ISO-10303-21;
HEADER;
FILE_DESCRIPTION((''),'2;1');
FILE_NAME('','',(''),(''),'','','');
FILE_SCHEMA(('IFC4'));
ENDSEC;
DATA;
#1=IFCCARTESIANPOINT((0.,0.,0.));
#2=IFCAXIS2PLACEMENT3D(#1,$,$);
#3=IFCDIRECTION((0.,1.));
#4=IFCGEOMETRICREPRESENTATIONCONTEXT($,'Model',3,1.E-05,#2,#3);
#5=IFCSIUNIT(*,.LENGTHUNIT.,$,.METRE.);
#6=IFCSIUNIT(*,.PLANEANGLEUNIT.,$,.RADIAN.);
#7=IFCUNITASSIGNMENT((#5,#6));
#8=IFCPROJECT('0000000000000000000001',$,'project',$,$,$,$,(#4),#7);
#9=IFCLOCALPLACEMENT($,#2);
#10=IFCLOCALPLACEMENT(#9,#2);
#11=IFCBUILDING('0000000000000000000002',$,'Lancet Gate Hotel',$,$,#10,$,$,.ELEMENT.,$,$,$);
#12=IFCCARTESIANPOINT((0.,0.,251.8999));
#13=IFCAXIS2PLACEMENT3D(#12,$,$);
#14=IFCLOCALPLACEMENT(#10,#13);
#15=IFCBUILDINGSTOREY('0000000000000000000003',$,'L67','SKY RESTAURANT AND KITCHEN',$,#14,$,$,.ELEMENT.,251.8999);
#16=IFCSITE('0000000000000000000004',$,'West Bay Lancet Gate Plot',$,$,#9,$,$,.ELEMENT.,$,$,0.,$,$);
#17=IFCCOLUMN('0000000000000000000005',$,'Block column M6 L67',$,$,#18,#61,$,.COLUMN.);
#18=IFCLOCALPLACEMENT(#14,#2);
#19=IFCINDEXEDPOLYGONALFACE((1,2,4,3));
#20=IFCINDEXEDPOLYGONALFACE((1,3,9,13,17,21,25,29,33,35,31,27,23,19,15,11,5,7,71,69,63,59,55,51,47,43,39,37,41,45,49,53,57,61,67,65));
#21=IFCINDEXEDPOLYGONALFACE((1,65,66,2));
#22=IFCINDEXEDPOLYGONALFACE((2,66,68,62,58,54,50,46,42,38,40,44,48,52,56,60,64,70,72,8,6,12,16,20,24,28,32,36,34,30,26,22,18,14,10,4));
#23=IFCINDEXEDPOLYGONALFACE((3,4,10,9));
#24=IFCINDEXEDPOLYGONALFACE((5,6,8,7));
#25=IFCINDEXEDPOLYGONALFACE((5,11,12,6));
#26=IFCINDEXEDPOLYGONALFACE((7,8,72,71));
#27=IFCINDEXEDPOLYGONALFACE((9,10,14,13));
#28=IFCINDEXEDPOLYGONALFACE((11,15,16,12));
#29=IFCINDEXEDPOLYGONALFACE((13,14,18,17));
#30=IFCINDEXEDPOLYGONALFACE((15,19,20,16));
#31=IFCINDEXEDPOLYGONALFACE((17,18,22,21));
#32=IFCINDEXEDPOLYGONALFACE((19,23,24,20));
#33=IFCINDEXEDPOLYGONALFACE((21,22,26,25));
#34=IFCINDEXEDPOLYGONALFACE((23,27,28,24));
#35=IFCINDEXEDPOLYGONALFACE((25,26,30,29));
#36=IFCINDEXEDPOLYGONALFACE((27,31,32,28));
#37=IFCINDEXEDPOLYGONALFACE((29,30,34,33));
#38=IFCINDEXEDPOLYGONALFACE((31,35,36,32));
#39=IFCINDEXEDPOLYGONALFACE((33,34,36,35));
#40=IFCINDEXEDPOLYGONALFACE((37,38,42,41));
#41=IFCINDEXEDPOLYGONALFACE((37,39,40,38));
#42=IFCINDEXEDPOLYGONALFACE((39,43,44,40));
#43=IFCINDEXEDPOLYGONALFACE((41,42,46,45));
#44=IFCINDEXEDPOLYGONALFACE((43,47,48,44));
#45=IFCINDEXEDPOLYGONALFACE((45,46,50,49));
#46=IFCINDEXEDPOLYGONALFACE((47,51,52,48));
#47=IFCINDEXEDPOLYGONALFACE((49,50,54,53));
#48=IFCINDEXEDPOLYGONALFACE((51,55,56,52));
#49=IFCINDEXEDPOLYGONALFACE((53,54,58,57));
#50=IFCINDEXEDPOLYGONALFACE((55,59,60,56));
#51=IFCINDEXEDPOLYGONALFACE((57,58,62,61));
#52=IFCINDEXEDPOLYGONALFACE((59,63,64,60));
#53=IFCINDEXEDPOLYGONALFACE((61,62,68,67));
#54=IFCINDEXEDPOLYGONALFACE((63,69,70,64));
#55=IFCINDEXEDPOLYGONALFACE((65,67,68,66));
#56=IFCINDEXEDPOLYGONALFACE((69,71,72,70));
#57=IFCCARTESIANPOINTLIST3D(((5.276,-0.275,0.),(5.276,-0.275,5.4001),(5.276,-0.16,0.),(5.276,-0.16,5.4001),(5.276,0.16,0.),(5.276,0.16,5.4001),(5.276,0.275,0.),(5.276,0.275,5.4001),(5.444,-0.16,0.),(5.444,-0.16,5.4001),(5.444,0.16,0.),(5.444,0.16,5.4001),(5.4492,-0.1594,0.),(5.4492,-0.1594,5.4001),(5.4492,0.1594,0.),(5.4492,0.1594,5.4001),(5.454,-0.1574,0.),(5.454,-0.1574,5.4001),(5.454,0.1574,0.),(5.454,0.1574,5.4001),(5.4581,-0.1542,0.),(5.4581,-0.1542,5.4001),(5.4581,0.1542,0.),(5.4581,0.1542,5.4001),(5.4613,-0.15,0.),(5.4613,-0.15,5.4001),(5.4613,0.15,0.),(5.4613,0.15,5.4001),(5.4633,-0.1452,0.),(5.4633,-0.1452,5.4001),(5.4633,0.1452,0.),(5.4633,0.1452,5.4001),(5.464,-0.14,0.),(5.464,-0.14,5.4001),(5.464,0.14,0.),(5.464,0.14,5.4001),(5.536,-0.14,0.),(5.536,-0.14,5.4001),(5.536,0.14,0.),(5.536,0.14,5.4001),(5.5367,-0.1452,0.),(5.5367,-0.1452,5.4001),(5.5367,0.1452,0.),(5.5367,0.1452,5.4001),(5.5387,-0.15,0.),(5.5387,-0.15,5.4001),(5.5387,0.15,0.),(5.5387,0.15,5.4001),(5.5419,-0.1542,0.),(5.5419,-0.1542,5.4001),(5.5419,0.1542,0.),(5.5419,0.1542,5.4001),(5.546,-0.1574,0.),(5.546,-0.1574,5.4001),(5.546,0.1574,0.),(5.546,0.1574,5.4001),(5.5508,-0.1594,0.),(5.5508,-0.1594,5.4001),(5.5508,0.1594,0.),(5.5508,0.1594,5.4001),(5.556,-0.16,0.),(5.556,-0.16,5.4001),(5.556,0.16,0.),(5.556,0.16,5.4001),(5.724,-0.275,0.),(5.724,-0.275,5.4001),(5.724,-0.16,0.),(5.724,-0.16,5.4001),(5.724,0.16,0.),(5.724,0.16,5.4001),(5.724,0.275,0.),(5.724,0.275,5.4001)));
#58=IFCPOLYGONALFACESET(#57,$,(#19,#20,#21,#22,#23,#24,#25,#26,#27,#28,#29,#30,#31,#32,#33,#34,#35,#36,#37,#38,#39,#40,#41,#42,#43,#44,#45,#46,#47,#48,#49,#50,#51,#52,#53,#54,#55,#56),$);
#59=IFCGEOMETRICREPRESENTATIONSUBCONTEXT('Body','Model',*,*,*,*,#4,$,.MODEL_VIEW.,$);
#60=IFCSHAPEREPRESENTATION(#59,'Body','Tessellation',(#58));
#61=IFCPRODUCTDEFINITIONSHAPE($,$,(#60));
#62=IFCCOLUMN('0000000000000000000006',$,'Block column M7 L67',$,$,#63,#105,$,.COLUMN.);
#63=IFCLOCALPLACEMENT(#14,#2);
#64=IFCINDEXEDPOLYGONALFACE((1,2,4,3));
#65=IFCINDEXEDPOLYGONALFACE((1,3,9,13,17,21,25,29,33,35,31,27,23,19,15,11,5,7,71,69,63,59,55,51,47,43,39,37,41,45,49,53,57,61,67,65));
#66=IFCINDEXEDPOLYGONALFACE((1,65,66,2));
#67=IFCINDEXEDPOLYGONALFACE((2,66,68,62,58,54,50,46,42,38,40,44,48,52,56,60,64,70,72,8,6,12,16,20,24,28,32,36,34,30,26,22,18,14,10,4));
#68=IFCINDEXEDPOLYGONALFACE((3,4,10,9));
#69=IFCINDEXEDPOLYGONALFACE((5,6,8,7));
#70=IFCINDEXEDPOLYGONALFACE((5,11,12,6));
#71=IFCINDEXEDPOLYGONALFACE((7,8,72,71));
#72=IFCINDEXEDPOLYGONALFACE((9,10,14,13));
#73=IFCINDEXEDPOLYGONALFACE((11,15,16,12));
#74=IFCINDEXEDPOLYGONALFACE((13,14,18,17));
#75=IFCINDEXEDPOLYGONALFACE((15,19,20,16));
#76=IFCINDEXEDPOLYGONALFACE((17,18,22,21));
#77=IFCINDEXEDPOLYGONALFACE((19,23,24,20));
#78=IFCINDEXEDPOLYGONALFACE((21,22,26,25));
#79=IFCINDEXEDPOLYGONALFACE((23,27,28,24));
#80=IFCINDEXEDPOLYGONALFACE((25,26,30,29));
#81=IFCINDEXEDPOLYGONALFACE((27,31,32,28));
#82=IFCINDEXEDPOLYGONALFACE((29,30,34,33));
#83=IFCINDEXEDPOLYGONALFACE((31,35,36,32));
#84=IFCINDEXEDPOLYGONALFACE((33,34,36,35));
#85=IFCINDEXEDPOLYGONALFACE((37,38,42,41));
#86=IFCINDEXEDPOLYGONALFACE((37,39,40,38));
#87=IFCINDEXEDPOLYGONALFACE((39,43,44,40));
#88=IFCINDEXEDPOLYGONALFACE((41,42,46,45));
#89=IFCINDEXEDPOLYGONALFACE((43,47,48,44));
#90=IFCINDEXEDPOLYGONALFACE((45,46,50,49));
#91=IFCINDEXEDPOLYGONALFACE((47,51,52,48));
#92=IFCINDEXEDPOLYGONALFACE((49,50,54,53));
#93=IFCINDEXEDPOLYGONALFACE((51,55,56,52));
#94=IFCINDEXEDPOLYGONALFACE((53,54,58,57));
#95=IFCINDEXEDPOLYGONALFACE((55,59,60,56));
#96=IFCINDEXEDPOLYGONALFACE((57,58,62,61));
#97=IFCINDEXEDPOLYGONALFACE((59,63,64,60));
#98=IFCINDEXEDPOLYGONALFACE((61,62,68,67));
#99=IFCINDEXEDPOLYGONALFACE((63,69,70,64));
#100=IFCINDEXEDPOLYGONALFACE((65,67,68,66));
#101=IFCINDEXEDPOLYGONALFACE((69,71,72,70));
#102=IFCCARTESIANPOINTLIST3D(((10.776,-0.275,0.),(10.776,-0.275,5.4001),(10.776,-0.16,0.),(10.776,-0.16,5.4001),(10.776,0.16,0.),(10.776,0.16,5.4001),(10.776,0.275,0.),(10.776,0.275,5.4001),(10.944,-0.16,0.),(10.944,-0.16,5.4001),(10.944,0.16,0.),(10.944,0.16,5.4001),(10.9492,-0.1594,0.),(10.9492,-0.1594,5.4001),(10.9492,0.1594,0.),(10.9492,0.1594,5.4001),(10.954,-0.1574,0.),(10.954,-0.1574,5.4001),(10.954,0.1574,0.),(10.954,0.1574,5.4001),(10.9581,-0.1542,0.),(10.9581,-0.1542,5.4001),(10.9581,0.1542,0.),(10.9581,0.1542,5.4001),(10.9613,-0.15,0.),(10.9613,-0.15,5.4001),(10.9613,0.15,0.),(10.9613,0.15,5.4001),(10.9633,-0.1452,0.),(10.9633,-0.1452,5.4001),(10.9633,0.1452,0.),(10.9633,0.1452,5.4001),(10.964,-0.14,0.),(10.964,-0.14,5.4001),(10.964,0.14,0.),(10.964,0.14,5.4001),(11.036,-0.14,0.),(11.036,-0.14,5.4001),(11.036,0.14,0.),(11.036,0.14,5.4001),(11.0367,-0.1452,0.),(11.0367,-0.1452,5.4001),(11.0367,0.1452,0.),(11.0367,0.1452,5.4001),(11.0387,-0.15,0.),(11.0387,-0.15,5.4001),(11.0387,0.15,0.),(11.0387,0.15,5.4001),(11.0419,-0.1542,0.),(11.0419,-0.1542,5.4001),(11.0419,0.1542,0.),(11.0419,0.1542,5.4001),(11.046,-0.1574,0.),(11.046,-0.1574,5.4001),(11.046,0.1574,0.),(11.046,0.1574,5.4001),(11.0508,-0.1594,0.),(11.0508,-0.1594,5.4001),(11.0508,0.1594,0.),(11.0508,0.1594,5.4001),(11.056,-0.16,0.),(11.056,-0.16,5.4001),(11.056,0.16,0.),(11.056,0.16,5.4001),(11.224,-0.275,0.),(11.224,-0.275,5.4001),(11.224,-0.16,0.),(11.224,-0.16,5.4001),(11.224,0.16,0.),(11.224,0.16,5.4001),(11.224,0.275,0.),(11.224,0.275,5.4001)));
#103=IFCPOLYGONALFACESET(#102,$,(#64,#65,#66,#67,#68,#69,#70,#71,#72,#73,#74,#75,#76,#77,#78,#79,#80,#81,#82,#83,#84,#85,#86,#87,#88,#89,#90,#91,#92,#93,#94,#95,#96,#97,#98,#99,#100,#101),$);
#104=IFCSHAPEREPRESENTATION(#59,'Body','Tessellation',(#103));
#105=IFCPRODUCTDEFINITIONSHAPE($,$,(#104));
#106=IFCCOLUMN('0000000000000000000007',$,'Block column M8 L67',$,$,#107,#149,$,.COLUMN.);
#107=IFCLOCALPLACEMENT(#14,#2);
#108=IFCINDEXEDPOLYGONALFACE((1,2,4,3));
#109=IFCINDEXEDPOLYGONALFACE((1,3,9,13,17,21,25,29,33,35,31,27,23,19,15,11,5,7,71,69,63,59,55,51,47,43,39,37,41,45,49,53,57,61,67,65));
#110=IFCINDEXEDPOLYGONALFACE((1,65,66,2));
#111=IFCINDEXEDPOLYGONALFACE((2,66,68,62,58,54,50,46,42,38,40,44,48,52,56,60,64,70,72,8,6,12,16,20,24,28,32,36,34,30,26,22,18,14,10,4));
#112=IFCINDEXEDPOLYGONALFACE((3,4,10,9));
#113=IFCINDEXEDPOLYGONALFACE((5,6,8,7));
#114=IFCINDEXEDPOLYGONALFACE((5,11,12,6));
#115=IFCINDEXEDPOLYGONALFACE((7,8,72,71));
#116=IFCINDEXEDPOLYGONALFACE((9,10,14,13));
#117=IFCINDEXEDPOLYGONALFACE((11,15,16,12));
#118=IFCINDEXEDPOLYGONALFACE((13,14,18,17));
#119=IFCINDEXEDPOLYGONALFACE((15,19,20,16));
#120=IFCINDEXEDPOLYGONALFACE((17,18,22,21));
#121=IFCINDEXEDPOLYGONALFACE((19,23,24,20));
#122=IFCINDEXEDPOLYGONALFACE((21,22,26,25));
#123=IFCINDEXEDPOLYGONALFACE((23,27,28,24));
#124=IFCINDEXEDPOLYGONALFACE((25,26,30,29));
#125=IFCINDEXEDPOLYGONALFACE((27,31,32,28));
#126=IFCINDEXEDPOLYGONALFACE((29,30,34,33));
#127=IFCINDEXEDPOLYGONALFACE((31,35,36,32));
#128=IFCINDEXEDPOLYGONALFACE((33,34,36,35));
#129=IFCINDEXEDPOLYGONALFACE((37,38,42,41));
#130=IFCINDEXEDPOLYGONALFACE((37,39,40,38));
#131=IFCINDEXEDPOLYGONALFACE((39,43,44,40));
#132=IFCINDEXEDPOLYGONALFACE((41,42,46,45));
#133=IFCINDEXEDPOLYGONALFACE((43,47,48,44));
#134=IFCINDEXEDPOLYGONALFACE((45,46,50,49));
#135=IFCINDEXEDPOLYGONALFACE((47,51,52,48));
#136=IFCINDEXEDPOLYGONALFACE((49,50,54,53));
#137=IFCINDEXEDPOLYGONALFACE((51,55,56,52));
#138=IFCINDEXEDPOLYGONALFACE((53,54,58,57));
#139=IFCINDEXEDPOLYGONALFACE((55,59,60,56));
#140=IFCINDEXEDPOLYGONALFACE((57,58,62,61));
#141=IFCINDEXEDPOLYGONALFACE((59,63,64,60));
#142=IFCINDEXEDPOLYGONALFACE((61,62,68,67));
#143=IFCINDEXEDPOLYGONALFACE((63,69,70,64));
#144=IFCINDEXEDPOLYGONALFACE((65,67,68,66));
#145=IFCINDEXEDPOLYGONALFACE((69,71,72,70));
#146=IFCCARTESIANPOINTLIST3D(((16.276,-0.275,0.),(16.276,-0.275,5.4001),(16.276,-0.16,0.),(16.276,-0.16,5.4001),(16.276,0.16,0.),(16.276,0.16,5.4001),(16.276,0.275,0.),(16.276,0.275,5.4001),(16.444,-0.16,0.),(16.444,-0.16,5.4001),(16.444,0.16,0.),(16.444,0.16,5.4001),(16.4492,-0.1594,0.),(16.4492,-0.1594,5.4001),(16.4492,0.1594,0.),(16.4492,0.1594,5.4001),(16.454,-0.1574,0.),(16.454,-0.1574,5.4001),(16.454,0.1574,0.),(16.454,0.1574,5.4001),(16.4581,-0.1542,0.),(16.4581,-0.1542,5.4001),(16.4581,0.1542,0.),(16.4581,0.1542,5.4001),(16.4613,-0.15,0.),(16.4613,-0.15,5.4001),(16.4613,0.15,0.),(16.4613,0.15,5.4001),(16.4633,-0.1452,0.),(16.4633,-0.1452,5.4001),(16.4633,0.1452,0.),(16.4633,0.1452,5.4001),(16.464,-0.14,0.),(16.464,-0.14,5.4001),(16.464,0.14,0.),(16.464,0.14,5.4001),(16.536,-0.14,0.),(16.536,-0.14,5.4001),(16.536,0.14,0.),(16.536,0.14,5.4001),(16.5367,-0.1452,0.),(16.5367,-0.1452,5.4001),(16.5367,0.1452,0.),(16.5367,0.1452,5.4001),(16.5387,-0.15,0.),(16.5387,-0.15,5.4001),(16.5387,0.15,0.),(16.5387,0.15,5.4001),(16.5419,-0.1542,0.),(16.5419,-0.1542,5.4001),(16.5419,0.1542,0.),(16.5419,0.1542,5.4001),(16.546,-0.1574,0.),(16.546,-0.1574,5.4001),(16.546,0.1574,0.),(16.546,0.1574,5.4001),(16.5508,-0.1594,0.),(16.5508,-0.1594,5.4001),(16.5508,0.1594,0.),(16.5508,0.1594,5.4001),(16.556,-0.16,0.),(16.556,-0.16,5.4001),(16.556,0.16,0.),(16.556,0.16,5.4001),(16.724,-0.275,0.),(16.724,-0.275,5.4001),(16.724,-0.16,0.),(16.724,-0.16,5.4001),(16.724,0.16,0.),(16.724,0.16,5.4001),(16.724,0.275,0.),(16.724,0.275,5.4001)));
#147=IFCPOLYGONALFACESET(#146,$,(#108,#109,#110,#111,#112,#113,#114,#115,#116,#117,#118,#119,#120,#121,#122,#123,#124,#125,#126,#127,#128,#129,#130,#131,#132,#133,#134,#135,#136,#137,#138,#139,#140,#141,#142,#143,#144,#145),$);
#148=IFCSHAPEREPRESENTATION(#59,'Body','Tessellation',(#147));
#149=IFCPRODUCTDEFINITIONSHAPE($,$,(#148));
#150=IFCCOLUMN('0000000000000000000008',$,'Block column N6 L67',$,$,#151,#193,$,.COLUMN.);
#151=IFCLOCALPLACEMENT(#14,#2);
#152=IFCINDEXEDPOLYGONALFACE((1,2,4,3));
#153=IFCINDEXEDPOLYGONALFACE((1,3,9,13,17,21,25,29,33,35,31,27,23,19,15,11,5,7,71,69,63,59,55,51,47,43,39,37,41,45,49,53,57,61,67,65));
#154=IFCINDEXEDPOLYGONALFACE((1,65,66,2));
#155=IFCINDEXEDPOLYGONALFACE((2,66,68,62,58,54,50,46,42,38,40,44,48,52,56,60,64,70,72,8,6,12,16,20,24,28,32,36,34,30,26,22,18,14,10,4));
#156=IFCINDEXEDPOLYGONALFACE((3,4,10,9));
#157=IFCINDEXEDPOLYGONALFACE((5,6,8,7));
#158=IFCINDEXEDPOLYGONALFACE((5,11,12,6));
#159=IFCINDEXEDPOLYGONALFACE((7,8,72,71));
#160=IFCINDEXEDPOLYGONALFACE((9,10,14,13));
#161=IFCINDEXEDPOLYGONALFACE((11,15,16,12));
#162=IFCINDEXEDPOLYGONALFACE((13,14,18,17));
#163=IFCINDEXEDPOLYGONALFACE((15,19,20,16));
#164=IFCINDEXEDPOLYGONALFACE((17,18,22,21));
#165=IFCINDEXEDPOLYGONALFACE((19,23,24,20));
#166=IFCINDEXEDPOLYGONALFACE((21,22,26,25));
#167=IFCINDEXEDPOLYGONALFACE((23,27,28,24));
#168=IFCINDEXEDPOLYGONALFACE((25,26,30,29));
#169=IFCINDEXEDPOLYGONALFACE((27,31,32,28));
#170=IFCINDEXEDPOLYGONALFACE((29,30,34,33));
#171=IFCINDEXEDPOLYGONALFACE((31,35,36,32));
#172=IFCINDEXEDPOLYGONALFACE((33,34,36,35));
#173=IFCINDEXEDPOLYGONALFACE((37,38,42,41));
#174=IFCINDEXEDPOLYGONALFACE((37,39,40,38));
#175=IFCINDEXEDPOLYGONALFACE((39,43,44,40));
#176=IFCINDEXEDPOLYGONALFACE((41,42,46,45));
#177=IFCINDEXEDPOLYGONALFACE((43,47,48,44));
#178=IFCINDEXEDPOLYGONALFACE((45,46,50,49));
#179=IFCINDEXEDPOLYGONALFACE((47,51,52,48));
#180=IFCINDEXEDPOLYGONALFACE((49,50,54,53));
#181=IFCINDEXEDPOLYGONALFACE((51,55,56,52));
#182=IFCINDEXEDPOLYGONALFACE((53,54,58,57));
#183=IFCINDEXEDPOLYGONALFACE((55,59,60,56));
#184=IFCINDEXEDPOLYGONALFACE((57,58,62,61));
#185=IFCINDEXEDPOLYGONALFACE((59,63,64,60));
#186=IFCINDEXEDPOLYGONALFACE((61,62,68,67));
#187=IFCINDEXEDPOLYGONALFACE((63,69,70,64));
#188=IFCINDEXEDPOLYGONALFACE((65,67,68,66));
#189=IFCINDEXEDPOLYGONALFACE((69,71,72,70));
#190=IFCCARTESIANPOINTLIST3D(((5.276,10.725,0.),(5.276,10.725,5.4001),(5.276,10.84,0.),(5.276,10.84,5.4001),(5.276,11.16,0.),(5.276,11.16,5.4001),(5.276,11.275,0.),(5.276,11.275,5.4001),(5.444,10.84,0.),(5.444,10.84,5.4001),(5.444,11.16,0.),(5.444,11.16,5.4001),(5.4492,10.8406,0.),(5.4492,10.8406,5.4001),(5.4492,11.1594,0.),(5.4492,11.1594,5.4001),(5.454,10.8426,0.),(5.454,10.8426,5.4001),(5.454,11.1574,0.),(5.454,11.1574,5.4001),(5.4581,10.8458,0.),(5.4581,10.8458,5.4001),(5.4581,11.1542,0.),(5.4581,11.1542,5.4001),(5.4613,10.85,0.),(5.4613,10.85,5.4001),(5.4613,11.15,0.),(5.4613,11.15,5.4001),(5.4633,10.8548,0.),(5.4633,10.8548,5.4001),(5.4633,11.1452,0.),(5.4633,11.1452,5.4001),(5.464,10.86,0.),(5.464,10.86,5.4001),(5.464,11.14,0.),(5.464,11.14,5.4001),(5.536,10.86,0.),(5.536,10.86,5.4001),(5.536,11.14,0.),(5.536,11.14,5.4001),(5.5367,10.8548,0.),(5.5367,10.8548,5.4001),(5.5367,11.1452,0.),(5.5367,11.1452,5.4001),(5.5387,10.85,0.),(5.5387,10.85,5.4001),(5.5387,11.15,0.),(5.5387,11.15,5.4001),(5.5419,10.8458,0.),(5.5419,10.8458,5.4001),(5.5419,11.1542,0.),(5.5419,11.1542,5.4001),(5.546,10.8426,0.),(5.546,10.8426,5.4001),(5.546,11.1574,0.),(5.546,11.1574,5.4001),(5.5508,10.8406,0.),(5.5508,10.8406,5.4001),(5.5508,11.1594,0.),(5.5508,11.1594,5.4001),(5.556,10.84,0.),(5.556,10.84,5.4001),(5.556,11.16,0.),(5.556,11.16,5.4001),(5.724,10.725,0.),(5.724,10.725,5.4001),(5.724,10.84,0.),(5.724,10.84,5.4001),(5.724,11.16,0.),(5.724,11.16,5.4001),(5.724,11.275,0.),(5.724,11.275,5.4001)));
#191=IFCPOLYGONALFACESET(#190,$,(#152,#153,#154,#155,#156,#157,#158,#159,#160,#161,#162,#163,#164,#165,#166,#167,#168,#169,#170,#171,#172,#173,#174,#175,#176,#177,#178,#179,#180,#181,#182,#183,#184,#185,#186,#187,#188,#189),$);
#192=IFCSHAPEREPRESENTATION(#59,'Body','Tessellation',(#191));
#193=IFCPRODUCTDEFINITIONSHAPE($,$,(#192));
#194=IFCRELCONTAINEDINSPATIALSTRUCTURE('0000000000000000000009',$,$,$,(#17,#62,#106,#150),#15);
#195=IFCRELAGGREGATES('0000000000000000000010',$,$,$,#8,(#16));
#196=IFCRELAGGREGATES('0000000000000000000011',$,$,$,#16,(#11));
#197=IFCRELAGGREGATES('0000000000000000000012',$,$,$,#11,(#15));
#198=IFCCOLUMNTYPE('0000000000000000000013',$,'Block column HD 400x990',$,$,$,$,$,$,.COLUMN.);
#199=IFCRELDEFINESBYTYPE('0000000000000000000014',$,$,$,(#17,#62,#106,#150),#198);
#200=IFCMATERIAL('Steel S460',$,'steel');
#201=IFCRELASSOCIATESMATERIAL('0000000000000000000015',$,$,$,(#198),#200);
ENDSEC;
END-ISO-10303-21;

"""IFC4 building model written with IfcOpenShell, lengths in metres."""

from ifc_helpers import new_model, si_unit, direction, frame, origin, origin_2d, place, context, subcontext, project, spatial, i_section, extrude, material, material_profile, profile_set, type_object, element, save


model = new_model("IFC4")

# Units and contexts
model_context = context("Model", 3, precision=1e-05, world=origin(), true_north=direction((0.0, 1.0)))
body_context = subcontext(model_context, "Body", "Model", "MODEL_VIEW")
ifc_project = project(units=[si_unit("LENGTHUNIT", "METRE"), si_unit("PLANEANGLEUNIT", "RADIAN")], contexts=[model_context])

# Site, building, storey
site_placement = place(None, origin())
site = spatial("IfcSite", under=ifc_project, at=site_placement, Name="West Bay Lancet Gate Plot", CompositionType="ELEMENT", RefElevation=0.0)
building_placement = place(site_placement, origin())
building = spatial("IfcBuilding", under=site, at=building_placement, Name="Lancet Gate Hotel", CompositionType="ELEMENT")
storey_placement = place(building_placement, frame((0.0, 0.0, 251.8999)))
storey = spatial("IfcBuildingStorey", under=building, at=storey_placement, Name="L67", Description="SKY RESTAURANT AND KITCHEN", CompositionType="ELEMENT", Elevation=251.8999)

# Columns
ifc_material_1 = material(Name="Steel S460", Category="steel")
ifc_material_profile_1 = material_profile(ifc_material_1, i_section(OverallWidth=0.448, OverallDepth=0.55, WebThickness=0.072, FlangeThickness=0.115, FilletRadius=0.02, at=origin_2d()), Name="HD 400x990")
ifc_profile_set_1 = profile_set([ifc_material_profile_1], Name="Steel S460")
column_type = type_object("IfcColumnType", Name="Block column HD 400x990", PredefinedType="COLUMN", material=ifc_profile_set_1)
for number, where, z_axis, x_axis, name in (
    (1, (5.5, 0.0, 0.0), (0.0, 0.0, 1.0), (1.0, 0.0, 0.0), "Block column M6 L67"),
    (2, (11.0, 0.0, 0.0), (0.0, 0.0, 1.0), (1.0, 0.0, 0.0), "Block column M7 L67"),
    (3, (16.5, 0.0, 0.0), (0.0, 0.0, 1.0), (1.0, 0.0, 0.0), "Block column M8 L67"),
    (4, (5.5, 11.0, 0.0), (0.0, 0.0, 1.0), (1.0, 0.0, 0.0), "Block column N6 L67"),
):
    element("IfcColumn", number, at=place(storey_placement, frame(where, z_axis=z_axis, x_axis=x_axis)), inside=storey, type_object=column_type, Name=name, PredefinedType="COLUMN", context=body_context, shape_type="SweptSolid", body=[
        extrude(i_section(OverallWidth=0.448, OverallDepth=0.55, WebThickness=0.072, FlangeThickness=0.115, FilletRadius=0.02, at=origin_2d()), origin(), (0.0, 0.0, 1.0), 5.4001),
    ])

save(model, "model.ifc")
